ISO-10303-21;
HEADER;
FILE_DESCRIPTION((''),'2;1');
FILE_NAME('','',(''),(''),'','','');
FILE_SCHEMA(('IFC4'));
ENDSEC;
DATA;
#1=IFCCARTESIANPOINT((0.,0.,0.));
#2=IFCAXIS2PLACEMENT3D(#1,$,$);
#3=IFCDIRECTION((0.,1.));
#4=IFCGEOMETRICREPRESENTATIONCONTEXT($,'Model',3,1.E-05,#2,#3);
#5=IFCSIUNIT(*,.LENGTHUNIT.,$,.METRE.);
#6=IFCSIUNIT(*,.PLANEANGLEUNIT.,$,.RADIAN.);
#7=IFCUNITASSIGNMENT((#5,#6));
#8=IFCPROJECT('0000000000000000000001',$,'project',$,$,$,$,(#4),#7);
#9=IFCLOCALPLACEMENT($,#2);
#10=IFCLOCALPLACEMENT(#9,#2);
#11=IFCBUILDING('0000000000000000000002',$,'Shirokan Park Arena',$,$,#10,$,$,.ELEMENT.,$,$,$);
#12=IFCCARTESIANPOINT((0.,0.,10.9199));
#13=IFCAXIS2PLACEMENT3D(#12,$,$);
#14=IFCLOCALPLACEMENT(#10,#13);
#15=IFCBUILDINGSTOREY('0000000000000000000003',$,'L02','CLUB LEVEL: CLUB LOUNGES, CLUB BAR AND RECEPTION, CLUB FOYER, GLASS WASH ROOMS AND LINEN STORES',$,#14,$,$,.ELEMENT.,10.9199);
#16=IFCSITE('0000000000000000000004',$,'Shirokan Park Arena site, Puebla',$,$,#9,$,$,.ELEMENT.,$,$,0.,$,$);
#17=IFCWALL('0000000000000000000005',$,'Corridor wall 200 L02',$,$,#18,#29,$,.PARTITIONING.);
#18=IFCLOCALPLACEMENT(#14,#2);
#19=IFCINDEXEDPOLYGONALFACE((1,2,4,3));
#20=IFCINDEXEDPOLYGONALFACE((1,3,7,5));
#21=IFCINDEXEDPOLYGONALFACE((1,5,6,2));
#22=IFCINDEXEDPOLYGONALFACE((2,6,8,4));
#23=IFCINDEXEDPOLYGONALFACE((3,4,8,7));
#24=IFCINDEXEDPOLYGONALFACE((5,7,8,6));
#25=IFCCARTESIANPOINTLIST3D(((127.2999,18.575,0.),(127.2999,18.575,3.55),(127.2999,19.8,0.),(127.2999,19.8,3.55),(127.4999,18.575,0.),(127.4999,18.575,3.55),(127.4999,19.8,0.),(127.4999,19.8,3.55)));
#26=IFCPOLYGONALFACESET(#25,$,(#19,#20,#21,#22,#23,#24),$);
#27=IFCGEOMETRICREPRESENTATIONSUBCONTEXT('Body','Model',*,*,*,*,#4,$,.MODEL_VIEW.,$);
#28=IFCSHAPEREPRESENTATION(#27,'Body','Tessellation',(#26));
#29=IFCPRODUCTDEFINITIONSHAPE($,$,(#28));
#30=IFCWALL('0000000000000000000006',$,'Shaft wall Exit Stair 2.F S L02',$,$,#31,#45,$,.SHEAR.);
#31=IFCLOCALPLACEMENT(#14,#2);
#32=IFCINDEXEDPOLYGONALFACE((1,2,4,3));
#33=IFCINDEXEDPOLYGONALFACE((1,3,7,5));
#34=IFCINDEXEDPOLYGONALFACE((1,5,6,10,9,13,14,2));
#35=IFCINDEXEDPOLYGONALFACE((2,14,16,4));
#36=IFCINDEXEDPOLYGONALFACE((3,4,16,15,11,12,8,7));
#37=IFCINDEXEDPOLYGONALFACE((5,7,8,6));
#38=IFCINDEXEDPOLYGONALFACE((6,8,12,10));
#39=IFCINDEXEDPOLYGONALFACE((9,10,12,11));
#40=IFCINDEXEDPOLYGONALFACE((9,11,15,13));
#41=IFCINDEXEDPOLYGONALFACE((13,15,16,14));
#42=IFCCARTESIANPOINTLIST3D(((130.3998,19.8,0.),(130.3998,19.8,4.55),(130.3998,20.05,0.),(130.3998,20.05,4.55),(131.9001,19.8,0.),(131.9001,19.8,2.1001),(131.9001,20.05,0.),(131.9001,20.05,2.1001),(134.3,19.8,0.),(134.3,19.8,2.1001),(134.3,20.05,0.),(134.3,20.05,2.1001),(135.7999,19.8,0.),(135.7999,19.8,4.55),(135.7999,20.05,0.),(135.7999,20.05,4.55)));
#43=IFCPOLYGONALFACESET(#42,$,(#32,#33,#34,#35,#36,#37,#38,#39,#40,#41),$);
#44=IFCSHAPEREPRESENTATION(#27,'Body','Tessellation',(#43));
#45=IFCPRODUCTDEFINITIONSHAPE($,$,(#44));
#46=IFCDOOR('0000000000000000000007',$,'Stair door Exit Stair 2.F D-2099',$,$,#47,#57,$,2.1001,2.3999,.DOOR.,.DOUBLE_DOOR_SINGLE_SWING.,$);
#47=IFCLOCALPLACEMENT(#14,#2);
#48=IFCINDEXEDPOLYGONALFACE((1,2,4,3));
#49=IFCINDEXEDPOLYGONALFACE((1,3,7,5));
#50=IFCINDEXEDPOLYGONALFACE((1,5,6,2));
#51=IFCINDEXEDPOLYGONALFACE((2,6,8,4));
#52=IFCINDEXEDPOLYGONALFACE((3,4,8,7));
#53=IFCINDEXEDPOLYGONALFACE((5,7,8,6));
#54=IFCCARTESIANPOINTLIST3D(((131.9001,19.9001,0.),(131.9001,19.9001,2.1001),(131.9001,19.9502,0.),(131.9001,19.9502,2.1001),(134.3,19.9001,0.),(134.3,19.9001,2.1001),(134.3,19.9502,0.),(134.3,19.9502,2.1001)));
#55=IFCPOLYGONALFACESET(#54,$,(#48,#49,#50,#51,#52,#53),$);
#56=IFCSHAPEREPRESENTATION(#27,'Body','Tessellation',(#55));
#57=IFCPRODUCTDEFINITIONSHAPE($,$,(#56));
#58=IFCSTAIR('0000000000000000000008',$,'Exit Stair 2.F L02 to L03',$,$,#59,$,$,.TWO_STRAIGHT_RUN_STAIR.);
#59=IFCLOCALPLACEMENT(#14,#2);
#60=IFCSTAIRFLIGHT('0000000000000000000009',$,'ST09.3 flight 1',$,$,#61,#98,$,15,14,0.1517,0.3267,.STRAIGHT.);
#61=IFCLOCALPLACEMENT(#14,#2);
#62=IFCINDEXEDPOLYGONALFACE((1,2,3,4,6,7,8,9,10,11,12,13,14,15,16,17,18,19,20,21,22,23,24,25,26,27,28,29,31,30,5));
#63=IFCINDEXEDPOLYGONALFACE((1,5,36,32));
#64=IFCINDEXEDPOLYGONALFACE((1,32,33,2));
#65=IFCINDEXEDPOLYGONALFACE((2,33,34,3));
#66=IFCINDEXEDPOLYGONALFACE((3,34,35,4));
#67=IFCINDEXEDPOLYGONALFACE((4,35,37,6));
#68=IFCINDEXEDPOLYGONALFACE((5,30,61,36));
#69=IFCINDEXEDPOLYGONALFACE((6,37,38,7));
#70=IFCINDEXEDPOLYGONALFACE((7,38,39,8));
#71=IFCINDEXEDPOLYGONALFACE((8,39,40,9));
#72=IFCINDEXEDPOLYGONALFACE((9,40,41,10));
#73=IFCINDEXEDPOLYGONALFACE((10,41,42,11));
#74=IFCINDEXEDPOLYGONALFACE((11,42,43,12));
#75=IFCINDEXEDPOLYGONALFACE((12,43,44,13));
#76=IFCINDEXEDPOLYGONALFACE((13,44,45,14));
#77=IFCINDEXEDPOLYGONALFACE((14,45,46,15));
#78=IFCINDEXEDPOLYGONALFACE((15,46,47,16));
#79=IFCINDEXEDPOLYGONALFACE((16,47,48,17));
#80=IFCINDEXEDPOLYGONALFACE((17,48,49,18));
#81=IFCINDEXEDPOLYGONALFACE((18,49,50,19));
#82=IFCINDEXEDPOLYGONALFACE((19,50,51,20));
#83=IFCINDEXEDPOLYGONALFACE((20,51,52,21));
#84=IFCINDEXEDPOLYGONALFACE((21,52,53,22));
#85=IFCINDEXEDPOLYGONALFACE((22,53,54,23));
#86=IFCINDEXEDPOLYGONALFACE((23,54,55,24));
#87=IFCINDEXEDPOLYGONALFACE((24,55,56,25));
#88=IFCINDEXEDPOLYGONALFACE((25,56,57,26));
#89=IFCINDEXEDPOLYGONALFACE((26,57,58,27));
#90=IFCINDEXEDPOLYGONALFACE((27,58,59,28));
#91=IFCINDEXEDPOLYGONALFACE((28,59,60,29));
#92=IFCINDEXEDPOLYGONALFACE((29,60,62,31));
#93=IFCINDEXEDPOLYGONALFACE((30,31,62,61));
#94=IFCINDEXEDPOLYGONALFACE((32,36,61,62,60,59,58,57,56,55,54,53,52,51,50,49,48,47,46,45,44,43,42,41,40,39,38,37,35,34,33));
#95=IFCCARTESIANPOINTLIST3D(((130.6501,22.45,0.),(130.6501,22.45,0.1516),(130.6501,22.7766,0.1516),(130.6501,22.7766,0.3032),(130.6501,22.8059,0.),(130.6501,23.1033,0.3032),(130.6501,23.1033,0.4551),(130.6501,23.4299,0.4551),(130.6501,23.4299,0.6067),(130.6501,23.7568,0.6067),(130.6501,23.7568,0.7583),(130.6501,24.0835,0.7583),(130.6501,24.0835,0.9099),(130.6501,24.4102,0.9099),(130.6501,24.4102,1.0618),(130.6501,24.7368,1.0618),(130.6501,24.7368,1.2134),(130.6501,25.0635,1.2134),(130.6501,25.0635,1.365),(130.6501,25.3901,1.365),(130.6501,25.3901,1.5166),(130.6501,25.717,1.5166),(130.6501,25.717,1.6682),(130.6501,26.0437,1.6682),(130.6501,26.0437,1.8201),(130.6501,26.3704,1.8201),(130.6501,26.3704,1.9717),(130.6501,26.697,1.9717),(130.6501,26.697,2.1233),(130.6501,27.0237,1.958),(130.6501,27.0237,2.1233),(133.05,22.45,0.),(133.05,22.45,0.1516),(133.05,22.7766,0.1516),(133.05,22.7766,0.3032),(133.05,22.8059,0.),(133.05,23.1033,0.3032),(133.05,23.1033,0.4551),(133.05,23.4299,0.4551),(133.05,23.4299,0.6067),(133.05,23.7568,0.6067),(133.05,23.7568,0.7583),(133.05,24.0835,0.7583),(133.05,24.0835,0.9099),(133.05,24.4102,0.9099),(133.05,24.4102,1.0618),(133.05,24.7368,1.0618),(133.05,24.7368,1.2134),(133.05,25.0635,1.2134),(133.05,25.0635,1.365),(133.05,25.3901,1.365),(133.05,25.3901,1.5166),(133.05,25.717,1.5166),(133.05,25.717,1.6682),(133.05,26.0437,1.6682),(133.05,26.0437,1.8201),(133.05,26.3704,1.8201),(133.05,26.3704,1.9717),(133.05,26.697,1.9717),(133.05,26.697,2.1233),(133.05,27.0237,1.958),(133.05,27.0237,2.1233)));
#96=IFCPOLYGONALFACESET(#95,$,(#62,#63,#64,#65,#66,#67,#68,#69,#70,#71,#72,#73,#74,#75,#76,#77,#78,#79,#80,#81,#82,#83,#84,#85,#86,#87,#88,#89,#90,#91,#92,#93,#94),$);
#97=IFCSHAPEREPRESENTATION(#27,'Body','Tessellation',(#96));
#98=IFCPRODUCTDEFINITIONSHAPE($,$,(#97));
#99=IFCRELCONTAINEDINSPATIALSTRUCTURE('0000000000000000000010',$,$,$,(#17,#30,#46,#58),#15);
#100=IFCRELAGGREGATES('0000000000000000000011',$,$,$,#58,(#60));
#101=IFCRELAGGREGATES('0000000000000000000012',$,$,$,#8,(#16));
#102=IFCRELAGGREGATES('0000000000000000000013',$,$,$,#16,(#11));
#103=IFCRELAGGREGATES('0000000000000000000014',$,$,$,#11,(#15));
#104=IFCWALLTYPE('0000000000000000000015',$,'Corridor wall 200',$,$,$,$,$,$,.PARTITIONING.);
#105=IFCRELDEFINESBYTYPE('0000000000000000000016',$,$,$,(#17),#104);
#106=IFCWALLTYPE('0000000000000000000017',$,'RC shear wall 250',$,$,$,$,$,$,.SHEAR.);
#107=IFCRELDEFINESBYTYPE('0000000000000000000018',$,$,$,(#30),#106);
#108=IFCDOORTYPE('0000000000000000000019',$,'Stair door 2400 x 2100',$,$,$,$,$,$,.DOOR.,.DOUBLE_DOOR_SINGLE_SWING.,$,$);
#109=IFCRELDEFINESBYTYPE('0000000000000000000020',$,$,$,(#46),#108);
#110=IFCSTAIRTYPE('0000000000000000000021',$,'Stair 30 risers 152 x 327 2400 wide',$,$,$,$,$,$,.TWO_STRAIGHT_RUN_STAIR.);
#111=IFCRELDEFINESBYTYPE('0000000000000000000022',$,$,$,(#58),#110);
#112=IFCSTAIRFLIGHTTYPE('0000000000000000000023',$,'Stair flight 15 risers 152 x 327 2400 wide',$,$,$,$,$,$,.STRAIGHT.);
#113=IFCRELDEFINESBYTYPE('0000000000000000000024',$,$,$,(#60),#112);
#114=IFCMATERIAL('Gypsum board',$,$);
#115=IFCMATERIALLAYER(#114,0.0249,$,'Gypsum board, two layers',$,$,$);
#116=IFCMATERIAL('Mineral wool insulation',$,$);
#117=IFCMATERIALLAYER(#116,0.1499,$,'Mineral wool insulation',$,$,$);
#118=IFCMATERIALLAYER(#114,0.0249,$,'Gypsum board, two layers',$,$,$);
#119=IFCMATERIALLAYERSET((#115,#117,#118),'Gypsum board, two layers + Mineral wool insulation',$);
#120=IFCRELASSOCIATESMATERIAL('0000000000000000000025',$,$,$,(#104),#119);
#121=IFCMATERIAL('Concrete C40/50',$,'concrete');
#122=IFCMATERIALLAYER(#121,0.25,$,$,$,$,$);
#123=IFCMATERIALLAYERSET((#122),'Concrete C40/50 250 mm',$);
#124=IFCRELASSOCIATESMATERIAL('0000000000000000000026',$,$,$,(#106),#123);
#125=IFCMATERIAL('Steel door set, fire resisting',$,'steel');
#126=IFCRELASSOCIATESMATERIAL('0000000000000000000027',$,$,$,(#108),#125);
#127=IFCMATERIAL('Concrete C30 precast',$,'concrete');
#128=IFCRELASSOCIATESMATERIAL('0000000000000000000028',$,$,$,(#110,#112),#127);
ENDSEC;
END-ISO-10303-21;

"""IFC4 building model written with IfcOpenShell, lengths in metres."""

from ifc_helpers import new_model, si_unit, direction, frame, frame_2d, origin, place, context, subcontext, project, spatial, polyline, rectangle, outline, extrude, material, layer, layer_set, type_object, element, fill, aggregate, save


model = new_model("IFC4")

# Units and contexts
model_context = context("Model", 3, precision=1e-05, world=origin(), true_north=direction((0.0, 1.0)))
body_context = subcontext(model_context, "Body", "Model", "MODEL_VIEW")
ifc_project = project(units=[si_unit("LENGTHUNIT", "METRE"), si_unit("PLANEANGLEUNIT", "RADIAN")], contexts=[model_context])

# Site, building, storey
site_placement = place(None, origin())
site = spatial("IfcSite", under=ifc_project, at=site_placement, Name="Shirokan Park Arena site, Puebla", CompositionType="ELEMENT", RefElevation=0.0)
building_placement = place(site_placement, origin())
building = spatial("IfcBuilding", under=site, at=building_placement, Name="Shirokan Park Arena", CompositionType="ELEMENT")
storey_placement = place(building_placement, frame((0.0, 0.0, 10.9199)))
storey = spatial("IfcBuildingStorey", under=building, at=storey_placement, Name="L02", Description="CLUB LEVEL: CLUB LOUNGES, CLUB BAR AND RECEPTION, CLUB FOYER, GLASS WASH ROOMS AND LINEN STORES", CompositionType="ELEMENT", Elevation=10.9199)

# Shared definitions
ifc_material_1 = material(Name="Gypsum board")
ifc_layer_1 = layer(ifc_material_1, 0.0249, Name="Gypsum board, two layers")
ifc_material_2 = material(Name="Mineral wool insulation")
ifc_layer_2 = layer(ifc_material_2, 0.1499, Name="Mineral wool insulation")
ifc_layer_3 = layer(ifc_material_1, 0.0249, Name="Gypsum board, two layers")
ifc_layer_set_1 = layer_set([ifc_layer_1, ifc_layer_2, ifc_layer_3], Name="Gypsum board, two layers + Mineral wool insulation")
wall_type_1 = type_object("IfcWallType", Name="Corridor wall 200", PredefinedType="PARTITIONING", material=ifc_layer_set_1)

# Wall
wall_1_placement = place(storey_placement, frame((127.3999, 18.575, 0.0), z_axis=(0.0, 0.0, 1.0), x_axis=(0.0, 1.0, 0.0)))
element("IfcWall", 1, at=wall_1_placement, inside=storey, type_object=wall_type_1, Name="Corridor wall 200 L02", PredefinedType="PARTITIONING", context=body_context, shape_type="SweptSolid", body=[
    extrude(rectangle(XDim=1.2251, YDim=0.2, at=frame_2d((0.6125, 0.0))), origin(), (0.0, 0.0, 1.0), 3.55),
])

# Wall, opening, door
ifc_material_3 = material(Name="Concrete C40/50", Category="concrete")
ifc_layer_4 = layer(ifc_material_3, 0.25)
ifc_layer_set_2 = layer_set([ifc_layer_4], Name="Concrete C40/50 250 mm")
wall_type_2 = type_object("IfcWallType", Name="RC shear wall 250", PredefinedType="SHEAR", material=ifc_layer_set_2)
wall_2_placement = place(storey_placement, frame((135.8, 19.925, 0.0), z_axis=(0.0, 0.0, 1.0), x_axis=(-1.0, 0.0, 0.0)))
wall_2 = element("IfcWall", 2, at=wall_2_placement, inside=storey, type_object=wall_type_2, Name="Shaft wall Exit Stair 2.F S L02", PredefinedType="SHEAR", context=body_context, shape_type="SweptSolid", body=[
    extrude(rectangle(XDim=5.4001, YDim=0.25, at=frame_2d((2.7002, 0.0))), origin(), (0.0, 0.0, 1.0), 4.55),
])
opening_1_placement = place(wall_2_placement, frame((1.5, 0.0, 0.0)))
opening_1 = element("IfcOpeningElement", 3, at=opening_1_placement, cuts=wall_2, PredefinedType="OPENING", context=body_context, shape_type="SweptSolid", body=[
    extrude(rectangle(XDim=2.3999, YDim=2.1001, at=frame_2d((1.2, 1.05))), frame((0.0, 0.135, 0.0), z_axis=(0.0, -1.0, 0.0), x_axis=(1.0, 0.0, 0.0)), (0.0, 0.0, 1.0), 0.27),
])
ifc_material_4 = material(Name="Steel door set, fire resisting", Category="steel")
door_type_1 = type_object("IfcDoorType", Name="Stair door 2400 x 2100", OperationType="DOUBLE_DOOR_SINGLE_SWING", PredefinedType="DOOR", material=ifc_material_4)
door_1_placement = place(opening_1_placement, origin())
door_1 = element("IfcDoor", 4, at=door_1_placement, inside=storey, type_object=door_type_1, Name="Stair door Exit Stair 2.F D-2099", OperationType="DOUBLE_DOOR_SINGLE_SWING", OverallHeight=2.1001, OverallWidth=2.3999, PredefinedType="DOOR", context=body_context, shape_type="SweptSolid", body=[
    extrude(rectangle(XDim=2.3999, YDim=2.1001, at=frame_2d((1.2, 1.05))), frame((0.0, 0.0249, 0.0), z_axis=(0.0, -1.0, 0.0), x_axis=(1.0, 0.0, 0.0)), (0.0, 0.0, 1.0), 0.05),
])
fill(opening_1, door_1)

# Stair, stair flight
ifc_material_5 = material(Name="Concrete C30 precast", Category="concrete")
stair_type = type_object("IfcStairType", Name="Stair 30 risers 152 x 327 2400 wide", PredefinedType="TWO_STRAIGHT_RUN_STAIR", material=ifc_material_5)
stair_placement = place(storey_placement, origin())
stair = element("IfcStair", 5, at=stair_placement, inside=storey, type_object=stair_type, Name="Exit Stair 2.F L02 to L03", PredefinedType="TWO_STRAIGHT_RUN_STAIR")
stair_flight_type = type_object("IfcStairFlightType", Name="Stair flight 15 risers 152 x 327 2400 wide", PredefinedType="STRAIGHT", material=ifc_material_5)
stair_flight_placement = place(storey_placement, frame((131.8501, 22.45, 0.0), z_axis=(0.0, 0.0, 1.0), x_axis=(0.0, 1.0, 0.0)))
stair_flight = element("IfcStairFlight", 6, at=stair_flight_placement, type_object=stair_flight_type, Name="ST09.3 flight 1", NumberOfRisers=15, NumberOfTreads=14, PredefinedType="STRAIGHT", RiserHeight=0.1517, TreadLength=0.3267, context=body_context, shape_type="SweptSolid", body=[
    extrude(outline(polyline([(0.0, 0.0), (0.0, 0.1516), (0.3267, 0.1516), (0.3267, 0.3032), (0.6533, 0.3032), (0.6533, 0.4551), (0.98, 0.4551), (0.98, 0.6067), (1.3069, 0.6067), (1.3069, 0.7583), (1.6335, 0.7583), (1.6335, 0.9099), (1.9602, 0.9099), (1.9602, 1.0618), (2.2869, 1.0618), (2.2869, 1.2134), (2.6135, 1.2134), (2.6135, 1.365), (2.9402, 1.365), (2.9402, 1.5166), (3.2671, 1.5166), (3.2671, 1.6682), (3.5938, 1.6682), (3.5938, 1.8201), (3.9204, 1.8201), (3.9204, 1.9717), (4.2471, 1.9717), (4.2471, 2.1233), (4.5737, 2.1233), (4.5737, 2.2749), (4.5737, 1.958), (0.356, 0.0), (0.0, 0.0)])), frame((0.0, 1.2, 0.0), z_axis=(0.0, -1.0, 0.0), x_axis=(1.0, 0.0, 0.0)), (0.0, 0.0, 1.0), 2.3999),
])
aggregate(stair, [stair_flight])

save(model, "model.ifc")
